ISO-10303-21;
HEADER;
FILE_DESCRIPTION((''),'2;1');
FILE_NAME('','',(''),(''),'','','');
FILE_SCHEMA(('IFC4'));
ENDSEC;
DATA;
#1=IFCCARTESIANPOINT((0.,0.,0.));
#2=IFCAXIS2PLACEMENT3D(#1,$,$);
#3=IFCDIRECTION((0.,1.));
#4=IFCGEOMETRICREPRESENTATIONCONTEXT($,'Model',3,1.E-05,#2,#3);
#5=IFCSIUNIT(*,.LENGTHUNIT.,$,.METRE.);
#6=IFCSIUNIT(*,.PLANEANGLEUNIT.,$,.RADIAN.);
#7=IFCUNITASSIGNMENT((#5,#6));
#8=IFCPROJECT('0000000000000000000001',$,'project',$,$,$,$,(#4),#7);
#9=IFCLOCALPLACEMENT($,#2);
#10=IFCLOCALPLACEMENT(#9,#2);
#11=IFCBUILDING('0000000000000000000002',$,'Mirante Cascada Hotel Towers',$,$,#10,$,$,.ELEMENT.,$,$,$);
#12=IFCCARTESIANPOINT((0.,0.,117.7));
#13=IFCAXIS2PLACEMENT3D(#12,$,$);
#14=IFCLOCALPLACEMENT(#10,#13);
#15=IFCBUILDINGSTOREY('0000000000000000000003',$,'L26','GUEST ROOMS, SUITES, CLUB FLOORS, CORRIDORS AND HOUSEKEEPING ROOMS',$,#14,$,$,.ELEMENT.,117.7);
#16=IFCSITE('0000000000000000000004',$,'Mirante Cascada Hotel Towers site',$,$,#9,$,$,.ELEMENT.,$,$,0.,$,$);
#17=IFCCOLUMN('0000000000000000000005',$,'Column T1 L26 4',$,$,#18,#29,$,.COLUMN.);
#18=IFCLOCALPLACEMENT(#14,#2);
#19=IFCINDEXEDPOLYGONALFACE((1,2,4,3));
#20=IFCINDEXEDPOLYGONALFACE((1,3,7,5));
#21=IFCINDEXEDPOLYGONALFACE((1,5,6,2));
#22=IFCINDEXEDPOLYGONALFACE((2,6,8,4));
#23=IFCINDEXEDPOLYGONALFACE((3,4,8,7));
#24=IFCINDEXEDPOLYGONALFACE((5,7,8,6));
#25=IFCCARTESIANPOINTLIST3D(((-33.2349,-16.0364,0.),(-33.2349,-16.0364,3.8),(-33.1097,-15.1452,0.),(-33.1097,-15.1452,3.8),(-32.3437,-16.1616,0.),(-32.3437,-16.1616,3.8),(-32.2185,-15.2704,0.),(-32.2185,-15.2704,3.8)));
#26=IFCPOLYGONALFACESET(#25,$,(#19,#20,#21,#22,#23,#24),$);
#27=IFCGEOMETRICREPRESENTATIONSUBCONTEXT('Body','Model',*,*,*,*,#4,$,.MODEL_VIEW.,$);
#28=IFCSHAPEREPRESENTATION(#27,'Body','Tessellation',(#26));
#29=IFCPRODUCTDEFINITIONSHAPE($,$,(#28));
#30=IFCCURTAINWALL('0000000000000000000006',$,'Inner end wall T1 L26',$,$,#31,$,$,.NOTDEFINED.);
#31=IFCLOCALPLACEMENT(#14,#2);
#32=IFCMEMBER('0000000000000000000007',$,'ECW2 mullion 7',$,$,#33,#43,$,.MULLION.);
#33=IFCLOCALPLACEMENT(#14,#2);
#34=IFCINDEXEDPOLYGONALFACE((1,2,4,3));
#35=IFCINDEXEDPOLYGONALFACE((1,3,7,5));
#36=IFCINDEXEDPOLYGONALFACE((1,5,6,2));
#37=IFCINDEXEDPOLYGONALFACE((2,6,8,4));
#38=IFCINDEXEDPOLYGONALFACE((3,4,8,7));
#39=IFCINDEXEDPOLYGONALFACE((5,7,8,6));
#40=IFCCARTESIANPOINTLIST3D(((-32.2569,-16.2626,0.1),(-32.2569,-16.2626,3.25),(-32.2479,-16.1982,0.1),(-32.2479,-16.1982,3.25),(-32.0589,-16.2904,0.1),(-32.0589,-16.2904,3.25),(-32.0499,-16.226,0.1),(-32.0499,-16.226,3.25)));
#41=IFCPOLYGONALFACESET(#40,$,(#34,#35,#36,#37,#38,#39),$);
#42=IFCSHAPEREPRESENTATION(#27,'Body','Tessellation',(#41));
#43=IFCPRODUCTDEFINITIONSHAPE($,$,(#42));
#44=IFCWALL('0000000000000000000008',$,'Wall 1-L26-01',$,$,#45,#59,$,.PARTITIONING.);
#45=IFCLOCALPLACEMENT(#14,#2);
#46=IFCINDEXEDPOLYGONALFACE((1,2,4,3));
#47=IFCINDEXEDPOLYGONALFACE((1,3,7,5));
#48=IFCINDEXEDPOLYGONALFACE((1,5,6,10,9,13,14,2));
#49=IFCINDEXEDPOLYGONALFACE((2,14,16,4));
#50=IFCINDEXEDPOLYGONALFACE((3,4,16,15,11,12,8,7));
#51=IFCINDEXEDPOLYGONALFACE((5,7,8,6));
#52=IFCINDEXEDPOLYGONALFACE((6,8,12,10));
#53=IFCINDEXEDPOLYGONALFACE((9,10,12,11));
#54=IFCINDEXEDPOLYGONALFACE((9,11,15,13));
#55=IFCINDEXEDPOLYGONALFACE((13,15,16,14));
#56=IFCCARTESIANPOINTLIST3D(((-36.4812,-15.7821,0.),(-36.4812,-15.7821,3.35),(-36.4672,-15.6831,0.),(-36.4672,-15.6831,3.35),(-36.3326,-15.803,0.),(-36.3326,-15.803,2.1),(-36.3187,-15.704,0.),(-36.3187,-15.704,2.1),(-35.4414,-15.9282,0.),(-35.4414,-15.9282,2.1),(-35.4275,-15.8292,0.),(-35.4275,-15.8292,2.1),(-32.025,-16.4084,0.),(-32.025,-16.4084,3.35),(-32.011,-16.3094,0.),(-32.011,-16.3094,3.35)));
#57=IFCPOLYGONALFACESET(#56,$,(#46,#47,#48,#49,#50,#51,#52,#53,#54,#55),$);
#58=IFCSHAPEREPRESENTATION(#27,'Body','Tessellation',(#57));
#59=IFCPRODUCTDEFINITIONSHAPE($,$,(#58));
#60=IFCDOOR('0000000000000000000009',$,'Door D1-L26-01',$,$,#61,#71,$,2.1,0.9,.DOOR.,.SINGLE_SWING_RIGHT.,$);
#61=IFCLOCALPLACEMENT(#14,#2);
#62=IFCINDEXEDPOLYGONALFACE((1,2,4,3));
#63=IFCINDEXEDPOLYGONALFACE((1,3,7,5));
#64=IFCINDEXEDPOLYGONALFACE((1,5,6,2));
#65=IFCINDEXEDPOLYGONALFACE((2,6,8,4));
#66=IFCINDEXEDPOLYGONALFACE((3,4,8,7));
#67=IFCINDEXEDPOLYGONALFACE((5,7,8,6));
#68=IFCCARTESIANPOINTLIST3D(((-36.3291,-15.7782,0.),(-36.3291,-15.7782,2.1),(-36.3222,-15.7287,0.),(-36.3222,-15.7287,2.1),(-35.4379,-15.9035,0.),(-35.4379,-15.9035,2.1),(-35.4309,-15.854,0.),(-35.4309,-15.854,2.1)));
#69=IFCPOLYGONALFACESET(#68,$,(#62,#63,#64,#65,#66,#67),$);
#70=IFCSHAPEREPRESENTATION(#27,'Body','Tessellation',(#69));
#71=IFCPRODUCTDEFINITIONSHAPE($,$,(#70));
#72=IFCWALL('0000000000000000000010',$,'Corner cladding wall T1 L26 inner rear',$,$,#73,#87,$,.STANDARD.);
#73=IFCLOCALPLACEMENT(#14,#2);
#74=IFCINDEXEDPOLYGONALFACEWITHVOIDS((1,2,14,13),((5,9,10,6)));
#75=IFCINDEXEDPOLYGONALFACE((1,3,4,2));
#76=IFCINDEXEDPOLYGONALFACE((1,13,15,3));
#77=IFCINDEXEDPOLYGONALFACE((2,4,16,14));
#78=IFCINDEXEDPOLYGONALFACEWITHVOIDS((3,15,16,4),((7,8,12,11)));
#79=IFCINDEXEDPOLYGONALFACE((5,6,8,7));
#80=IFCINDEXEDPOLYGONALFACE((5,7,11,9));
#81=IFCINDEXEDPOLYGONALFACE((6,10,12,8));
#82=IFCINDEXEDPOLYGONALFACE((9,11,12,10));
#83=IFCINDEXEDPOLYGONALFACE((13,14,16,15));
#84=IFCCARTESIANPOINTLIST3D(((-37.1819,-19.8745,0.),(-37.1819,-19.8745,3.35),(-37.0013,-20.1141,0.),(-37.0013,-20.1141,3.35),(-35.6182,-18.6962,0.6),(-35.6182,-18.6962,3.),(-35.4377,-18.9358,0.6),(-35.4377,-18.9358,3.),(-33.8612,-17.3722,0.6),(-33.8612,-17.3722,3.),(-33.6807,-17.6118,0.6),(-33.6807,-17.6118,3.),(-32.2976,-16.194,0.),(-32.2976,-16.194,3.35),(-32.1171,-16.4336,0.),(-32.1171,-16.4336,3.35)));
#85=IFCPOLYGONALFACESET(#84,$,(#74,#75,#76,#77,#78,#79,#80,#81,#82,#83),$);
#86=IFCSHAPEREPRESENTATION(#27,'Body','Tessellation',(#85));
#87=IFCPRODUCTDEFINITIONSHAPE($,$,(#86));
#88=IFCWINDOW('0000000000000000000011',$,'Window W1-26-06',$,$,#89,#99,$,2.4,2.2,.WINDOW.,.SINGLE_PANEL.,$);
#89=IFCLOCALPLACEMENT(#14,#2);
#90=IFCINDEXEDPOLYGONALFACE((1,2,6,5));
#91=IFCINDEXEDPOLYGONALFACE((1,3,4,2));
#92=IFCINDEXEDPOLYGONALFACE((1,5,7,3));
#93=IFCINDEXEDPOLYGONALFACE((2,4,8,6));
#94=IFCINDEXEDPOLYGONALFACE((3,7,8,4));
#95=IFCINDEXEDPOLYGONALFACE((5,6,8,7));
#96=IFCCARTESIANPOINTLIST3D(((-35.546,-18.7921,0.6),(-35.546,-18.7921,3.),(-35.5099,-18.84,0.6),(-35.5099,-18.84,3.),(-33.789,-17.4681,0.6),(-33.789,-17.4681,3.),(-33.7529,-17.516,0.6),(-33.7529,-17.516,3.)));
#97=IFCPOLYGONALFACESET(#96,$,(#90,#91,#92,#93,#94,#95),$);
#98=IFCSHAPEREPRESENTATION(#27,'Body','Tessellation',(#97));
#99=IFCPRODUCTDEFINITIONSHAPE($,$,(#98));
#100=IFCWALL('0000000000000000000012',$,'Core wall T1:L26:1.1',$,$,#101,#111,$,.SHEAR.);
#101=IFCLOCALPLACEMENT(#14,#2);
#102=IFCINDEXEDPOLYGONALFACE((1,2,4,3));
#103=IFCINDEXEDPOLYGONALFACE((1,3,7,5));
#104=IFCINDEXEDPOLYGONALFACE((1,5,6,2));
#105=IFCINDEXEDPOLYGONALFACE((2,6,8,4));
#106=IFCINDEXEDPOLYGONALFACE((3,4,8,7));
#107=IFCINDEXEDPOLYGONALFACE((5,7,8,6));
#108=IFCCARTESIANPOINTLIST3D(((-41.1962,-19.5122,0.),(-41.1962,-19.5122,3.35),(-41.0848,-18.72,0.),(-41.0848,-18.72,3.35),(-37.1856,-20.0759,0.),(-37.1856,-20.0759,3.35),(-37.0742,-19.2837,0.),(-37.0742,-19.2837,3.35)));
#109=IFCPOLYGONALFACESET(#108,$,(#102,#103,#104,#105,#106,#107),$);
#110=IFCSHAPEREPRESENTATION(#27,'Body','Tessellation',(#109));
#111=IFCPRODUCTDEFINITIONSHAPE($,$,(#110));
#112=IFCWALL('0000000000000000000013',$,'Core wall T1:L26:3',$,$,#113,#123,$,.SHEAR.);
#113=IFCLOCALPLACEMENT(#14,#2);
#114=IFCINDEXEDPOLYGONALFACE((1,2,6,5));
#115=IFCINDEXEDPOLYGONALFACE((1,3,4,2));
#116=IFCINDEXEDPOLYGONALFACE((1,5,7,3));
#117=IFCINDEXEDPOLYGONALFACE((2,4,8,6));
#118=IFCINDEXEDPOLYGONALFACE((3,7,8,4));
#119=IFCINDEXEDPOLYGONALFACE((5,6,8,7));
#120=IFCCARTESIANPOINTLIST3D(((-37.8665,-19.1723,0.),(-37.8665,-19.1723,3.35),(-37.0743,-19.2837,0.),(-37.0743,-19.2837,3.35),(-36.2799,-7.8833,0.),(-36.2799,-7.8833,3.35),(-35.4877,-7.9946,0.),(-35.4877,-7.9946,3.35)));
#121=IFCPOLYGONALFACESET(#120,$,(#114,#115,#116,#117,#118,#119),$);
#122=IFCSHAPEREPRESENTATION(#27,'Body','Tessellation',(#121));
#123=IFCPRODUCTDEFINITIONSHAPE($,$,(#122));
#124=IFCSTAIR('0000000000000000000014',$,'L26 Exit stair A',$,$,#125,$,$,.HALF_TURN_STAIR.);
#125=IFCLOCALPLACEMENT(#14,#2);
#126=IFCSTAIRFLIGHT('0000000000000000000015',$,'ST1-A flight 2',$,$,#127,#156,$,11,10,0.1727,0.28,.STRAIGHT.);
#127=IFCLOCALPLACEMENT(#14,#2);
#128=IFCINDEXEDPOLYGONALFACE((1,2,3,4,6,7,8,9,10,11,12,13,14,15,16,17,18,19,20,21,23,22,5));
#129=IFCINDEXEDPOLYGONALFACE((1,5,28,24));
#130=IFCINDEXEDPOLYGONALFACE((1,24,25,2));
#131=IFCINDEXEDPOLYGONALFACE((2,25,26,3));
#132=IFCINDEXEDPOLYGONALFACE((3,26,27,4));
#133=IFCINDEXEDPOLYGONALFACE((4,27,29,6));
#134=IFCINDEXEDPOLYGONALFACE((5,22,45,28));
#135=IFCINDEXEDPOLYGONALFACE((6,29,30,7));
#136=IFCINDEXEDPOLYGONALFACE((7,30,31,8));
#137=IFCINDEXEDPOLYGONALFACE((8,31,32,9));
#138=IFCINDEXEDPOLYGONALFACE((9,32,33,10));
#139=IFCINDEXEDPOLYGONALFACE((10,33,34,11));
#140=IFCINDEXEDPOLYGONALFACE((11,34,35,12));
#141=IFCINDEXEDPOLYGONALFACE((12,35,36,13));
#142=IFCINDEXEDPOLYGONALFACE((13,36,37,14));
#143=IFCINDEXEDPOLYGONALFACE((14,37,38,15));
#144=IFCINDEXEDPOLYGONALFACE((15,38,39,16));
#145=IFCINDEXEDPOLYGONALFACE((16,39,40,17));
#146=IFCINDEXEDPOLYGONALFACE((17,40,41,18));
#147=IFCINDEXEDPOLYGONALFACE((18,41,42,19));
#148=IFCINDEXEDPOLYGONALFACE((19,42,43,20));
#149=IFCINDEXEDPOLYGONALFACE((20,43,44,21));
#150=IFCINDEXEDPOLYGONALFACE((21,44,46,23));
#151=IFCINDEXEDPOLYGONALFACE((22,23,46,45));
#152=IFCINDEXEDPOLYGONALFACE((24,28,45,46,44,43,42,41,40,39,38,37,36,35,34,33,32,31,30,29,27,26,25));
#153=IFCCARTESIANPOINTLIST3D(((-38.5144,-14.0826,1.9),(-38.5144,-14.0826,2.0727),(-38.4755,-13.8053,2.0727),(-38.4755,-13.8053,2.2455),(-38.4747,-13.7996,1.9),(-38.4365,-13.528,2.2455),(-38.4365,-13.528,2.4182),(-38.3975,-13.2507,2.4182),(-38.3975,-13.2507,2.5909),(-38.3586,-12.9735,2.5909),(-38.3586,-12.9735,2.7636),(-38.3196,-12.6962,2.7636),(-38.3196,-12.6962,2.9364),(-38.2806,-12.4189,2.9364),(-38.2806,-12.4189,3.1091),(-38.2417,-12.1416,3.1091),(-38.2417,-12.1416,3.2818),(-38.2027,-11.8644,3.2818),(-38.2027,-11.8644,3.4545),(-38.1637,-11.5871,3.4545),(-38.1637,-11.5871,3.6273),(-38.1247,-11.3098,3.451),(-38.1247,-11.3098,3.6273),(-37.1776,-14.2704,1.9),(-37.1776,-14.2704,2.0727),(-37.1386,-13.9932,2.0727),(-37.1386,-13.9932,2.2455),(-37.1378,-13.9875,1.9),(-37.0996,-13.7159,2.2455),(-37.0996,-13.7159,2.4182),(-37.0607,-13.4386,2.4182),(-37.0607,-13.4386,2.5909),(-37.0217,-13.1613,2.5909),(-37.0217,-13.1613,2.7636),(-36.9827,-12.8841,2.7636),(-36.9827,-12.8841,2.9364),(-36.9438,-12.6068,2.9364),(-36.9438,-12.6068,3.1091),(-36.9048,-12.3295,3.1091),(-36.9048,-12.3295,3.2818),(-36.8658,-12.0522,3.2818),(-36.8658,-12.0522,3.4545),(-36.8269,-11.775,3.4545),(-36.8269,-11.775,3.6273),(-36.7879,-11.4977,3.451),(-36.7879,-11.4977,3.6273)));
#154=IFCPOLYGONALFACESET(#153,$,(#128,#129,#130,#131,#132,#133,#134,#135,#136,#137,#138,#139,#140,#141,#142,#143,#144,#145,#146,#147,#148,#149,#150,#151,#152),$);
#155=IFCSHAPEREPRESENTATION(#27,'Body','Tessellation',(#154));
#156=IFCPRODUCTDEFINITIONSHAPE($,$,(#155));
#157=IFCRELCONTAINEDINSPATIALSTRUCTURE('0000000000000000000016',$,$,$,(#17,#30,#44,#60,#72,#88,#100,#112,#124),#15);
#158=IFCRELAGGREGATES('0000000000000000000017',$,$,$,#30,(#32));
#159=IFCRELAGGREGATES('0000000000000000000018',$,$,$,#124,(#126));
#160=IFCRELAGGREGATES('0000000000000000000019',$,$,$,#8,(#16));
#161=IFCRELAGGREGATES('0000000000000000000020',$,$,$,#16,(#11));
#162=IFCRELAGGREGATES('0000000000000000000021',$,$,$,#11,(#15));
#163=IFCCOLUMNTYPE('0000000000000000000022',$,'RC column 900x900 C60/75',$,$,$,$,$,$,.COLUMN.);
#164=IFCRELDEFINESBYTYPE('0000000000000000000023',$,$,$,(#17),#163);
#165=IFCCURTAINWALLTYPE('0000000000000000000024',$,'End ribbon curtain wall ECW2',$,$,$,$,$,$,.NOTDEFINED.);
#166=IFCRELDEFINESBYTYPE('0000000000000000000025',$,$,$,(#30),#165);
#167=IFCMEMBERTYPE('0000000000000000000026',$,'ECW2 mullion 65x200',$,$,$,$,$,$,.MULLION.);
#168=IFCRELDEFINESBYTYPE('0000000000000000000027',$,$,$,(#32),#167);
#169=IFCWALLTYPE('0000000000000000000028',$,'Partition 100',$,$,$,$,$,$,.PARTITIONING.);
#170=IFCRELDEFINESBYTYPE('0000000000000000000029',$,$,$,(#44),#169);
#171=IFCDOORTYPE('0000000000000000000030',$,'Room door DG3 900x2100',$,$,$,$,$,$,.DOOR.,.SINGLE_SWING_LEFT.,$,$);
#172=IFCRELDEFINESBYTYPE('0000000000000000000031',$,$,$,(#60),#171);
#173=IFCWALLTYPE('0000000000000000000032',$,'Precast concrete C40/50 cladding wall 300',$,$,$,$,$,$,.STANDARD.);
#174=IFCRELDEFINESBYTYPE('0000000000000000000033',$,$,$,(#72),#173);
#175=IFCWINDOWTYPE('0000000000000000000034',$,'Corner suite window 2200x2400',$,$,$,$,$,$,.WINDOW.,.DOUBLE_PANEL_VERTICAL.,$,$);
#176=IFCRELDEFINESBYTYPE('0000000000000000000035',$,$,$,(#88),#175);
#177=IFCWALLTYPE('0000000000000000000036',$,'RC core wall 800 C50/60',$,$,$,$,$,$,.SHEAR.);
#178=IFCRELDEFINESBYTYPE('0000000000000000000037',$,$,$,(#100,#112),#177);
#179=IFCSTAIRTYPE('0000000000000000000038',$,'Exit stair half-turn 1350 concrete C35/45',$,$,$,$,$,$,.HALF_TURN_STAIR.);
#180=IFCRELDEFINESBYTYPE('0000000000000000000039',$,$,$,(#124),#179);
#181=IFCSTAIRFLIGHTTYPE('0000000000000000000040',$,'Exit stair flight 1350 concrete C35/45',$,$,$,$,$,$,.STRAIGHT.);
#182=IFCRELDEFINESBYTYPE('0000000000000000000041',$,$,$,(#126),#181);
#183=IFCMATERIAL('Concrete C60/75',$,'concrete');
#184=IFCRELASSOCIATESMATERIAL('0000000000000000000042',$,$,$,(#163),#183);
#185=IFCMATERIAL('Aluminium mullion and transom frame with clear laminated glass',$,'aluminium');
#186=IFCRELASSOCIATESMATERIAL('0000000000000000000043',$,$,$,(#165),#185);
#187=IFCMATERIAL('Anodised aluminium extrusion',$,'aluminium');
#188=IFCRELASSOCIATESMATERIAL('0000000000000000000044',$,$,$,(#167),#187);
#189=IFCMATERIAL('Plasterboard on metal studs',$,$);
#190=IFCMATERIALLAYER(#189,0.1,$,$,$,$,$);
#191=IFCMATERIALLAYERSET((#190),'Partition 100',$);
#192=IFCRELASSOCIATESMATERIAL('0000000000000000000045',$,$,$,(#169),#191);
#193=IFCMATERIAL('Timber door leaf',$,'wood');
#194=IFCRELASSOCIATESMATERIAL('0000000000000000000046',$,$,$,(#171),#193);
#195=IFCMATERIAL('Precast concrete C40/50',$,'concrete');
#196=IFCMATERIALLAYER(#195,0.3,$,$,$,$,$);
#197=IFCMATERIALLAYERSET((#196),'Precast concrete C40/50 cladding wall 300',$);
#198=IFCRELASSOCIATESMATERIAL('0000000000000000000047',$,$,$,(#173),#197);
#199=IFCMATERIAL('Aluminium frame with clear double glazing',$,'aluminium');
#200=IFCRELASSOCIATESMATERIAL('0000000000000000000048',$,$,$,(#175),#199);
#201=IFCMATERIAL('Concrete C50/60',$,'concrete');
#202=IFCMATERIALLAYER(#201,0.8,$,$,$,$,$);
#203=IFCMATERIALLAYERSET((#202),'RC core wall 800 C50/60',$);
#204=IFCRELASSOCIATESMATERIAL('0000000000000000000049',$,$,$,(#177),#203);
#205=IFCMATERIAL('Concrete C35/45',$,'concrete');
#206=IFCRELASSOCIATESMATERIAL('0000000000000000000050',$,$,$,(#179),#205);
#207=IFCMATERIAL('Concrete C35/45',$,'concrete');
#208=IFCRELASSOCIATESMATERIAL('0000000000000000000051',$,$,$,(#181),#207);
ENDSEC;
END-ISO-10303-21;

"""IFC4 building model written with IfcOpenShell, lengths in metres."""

from ifc_helpers import new_model, si_unit, direction, frame, frame_2d, origin, origin_2d, place, context, subcontext, project, spatial, polyline, rectangle, outline, extrude, material, layer, layer_set, material_profile, profile_set, type_object, element, fill, aggregate, save


model = new_model("IFC4")

# Units and contexts
model_context = context("Model", 3, precision=1e-05, world=origin(), true_north=direction((0.0, 1.0)))
body_context = subcontext(model_context, "Body", "Model", "MODEL_VIEW")
ifc_project = project(units=[si_unit("LENGTHUNIT", "METRE"), si_unit("PLANEANGLEUNIT", "RADIAN")], contexts=[model_context])

# Site, building, storey
site_placement = place(None, origin())
site = spatial("IfcSite", under=ifc_project, at=site_placement, Name="Mirante Cascada Hotel Towers site", CompositionType="ELEMENT", RefElevation=0.0)
building_placement = place(site_placement, origin())
building = spatial("IfcBuilding", under=site, at=building_placement, Name="Mirante Cascada Hotel Towers", CompositionType="ELEMENT")
storey_placement = place(building_placement, frame((0.0, 0.0, 117.7)))
storey = spatial("IfcBuildingStorey", under=building, at=storey_placement, Name="L26", Description="GUEST ROOMS, SUITES, CLUB FLOORS, CORRIDORS AND HOUSEKEEPING ROOMS", CompositionType="ELEMENT", Elevation=117.7)

# Column
ifc_material_1 = material(Name="Concrete C60/75", Category="concrete")
ifc_material_profile_1 = material_profile(ifc_material_1, rectangle(XDim=0.9, YDim=0.9, at=origin_2d()), Name="RC column 900x900 C60/75")
ifc_profile_set_1 = profile_set([ifc_material_profile_1], Name="Concrete C60/75")
column_type = type_object("IfcColumnType", Name="RC column 900x900 C60/75", PredefinedType="COLUMN", material=ifc_profile_set_1)
column_placement = place(storey_placement, frame((-32.7267, -15.6534, 0.0), z_axis=(0.0, 0.0, 1.0), x_axis=(-0.990268, 0.139173, 0.0)))
element("IfcColumn", 1, at=column_placement, inside=storey, type_object=column_type, Name="Column T1 L26 4", PredefinedType="COLUMN", context=body_context, shape_type="SweptSolid", body=[
    extrude(rectangle(XDim=0.9, YDim=0.9, at=origin_2d()), origin(), (0.0, 0.0, 1.0), 3.8),
])

# Curtain wall, member
ifc_material_2 = material(Name="Aluminium mullion and transom frame with clear laminated glass", Category="aluminium")
curtain_wall_type = type_object("IfcCurtainWallType", Name="End ribbon curtain wall ECW2", PredefinedType="NOTDEFINED", material=ifc_material_2)
curtain_wall_placement = place(storey_placement, origin())
curtain_wall = element("IfcCurtainWall", 2, at=curtain_wall_placement, inside=storey, type_object=curtain_wall_type, Name="Inner end wall T1 L26", PredefinedType="NOTDEFINED")
ifc_material_3 = material(Name="Anodised aluminium extrusion", Category="aluminium")
ifc_material_profile_2 = material_profile(ifc_material_3, rectangle(XDim=0.2, YDim=0.065, at=origin_2d()), Name="ECW2 MULLION 65x200")
ifc_profile_set_2 = profile_set([ifc_material_profile_2], Name="Anodised aluminium extrusion")
member_type = type_object("IfcMemberType", Name="ECW2 mullion 65x200", PredefinedType="MULLION", material=ifc_profile_set_2)
member_placement = place(storey_placement, frame((-32.1534, -16.2443, 0.1), z_axis=(0.0, 0.0, 1.0), x_axis=(0.990268, -0.139173, 0.0)))
member = element("IfcMember", 3, at=member_placement, type_object=member_type, Name="ECW2 mullion 7", PredefinedType="MULLION", context=body_context, shape_type="SweptSolid", body=[
    extrude(rectangle(XDim=0.2, YDim=0.065, at=origin_2d()), origin(), (0.0, 0.0, 1.0), 3.15),
])
aggregate(curtain_wall, [member])

# Wall, opening, door
ifc_material_4 = material(Name="Plasterboard on metal studs")
ifc_layer_1 = layer(ifc_material_4, 0.1)
ifc_layer_set_1 = layer_set([ifc_layer_1], Name="Partition 100")
wall_type_1 = type_object("IfcWallType", Name="Partition 100", PredefinedType="PARTITIONING", material=ifc_layer_set_1)
wall_1_placement = place(storey_placement, frame((-32.018, -16.3589, 0.0), z_axis=(0.0, 0.0, 1.0), x_axis=(-0.990267, 0.139178, 0.0)))
wall_1 = element("IfcWall", 4, at=wall_1_placement, inside=storey, type_object=wall_type_1, Name="Wall 1-L26-01", PredefinedType="PARTITIONING", context=body_context, shape_type="SweptSolid", body=[
    extrude(rectangle(XDim=4.5, YDim=0.1, at=frame_2d((2.25, 0.0))), origin(), (0.0, 0.0, 1.0), 3.35),
])
opening_1_placement = place(wall_1_placement, frame((3.45, 0.0, 0.0)))
opening_1 = element("IfcOpeningElement", 5, at=opening_1_placement, cuts=wall_1, PredefinedType="OPENING", context=body_context, shape_type="SweptSolid", body=[
    extrude(rectangle(XDim=0.9, YDim=2.1, at=frame_2d((0.45, 1.05))), frame((0.0, 0.05, 0.0), z_axis=(0.0, -1.0, 0.0), x_axis=(1.0, 0.0, 0.0)), (0.0, 0.0, 1.0), 0.1),
])
ifc_material_5 = material(Name="Timber door leaf", Category="wood")
door_type = type_object("IfcDoorType", Name="Room door DG3 900x2100", OperationType="SINGLE_SWING_LEFT", PredefinedType="DOOR", material=ifc_material_5)
door_placement = place(opening_1_placement, frame((0.9, 0.0, 0.0), z_axis=(0.0, 0.0, 1.0), x_axis=(-1.0, 0.0, 0.0)))
door = element("IfcDoor", 6, at=door_placement, inside=storey, type_object=door_type, Name="Door D1-L26-01", OperationType="SINGLE_SWING_RIGHT", OverallHeight=2.1, OverallWidth=0.9, PredefinedType="DOOR", context=body_context, shape_type="SweptSolid", body=[
    extrude(rectangle(XDim=0.9, YDim=2.1, at=frame_2d((0.45, 1.05))), frame((0.0, 0.025, 0.0), z_axis=(0.0, -1.0, 0.0), x_axis=(1.0, 0.0, 0.0)), (0.0, 0.0, 1.0), 0.05),
])
fill(opening_1, door)

# Wall, opening, window
ifc_material_6 = material(Name="Precast concrete C40/50", Category="concrete")
ifc_layer_2 = layer(ifc_material_6, 0.3)
ifc_layer_set_2 = layer_set([ifc_layer_2], Name="Precast concrete C40/50 cladding wall 300")
wall_type_2 = type_object("IfcWallType", Name="Precast concrete C40/50 cladding wall 300", PredefinedType="STANDARD", material=ifc_layer_set_2)
wall_2_placement = place(storey_placement, frame((-32.2074, -16.3138, 0.0), z_axis=(0.0, 0.0, 1.0), x_axis=(-0.798636, -0.601814, 0.0)))
wall_2 = element("IfcWall", 7, at=wall_2_placement, inside=storey, type_object=wall_type_2, Name="Corner cladding wall T1 L26 inner rear", PredefinedType="STANDARD", context=body_context, shape_type="SweptSolid", body=[
    extrude(rectangle(XDim=6.1157, YDim=0.3, at=frame_2d((3.0578, 0.0))), origin(), (0.0, 0.0, 1.0), 3.35),
])
opening_2_placement = place(wall_2_placement, frame((1.9578, 0.0, 0.6)))
opening_2 = element("IfcOpeningElement", 8, at=opening_2_placement, cuts=wall_2, PredefinedType="OPENING", context=body_context, shape_type="SweptSolid", body=[
    extrude(rectangle(XDim=2.2, YDim=2.4, at=frame_2d((1.1, 1.2))), frame((0.0, 0.15, 0.0), z_axis=(0.0, -1.0, 0.0), x_axis=(1.0, 0.0, 0.0)), (0.0, 0.0, 1.0), 0.3),
])
ifc_material_7 = material(Name="Aluminium frame with clear double glazing", Category="aluminium")
window_type = type_object("IfcWindowType", Name="Corner suite window 2200x2400", PartitioningType="DOUBLE_PANEL_VERTICAL", PredefinedType="WINDOW", material=ifc_material_7)
window_placement = place(opening_2_placement, origin())
window = element("IfcWindow", 9, at=window_placement, inside=storey, type_object=window_type, Name="Window W1-26-06", OverallHeight=2.4, OverallWidth=2.2, PartitioningType="SINGLE_PANEL", PredefinedType="WINDOW", context=body_context, shape_type="SweptSolid", body=[
    extrude(rectangle(XDim=2.2, YDim=2.4, at=frame_2d((1.1, 1.2))), frame((0.0, 0.03, 0.0), z_axis=(0.0, -1.0, 0.0), x_axis=(1.0, 0.0, 0.0)), (0.0, 0.0, 1.0), 0.06),
])
fill(opening_2, window)

# Walls
ifc_material_8 = material(Name="Concrete C50/60", Category="concrete")
ifc_layer_3 = layer(ifc_material_8, 0.8)
ifc_layer_set_3 = layer_set([ifc_layer_3], Name="RC core wall 800 C50/60")
wall_type_3 = type_object("IfcWallType", Name="RC core wall 800 C50/60", PredefinedType="SHEAR", material=ifc_layer_set_3)
wall_3_placement = place(storey_placement, frame((-37.1299, -19.6798, 0.0), z_axis=(0.0, 0.0, 1.0), x_axis=(-0.990267, 0.139184, 0.0)))
element("IfcWall", 10, at=wall_3_placement, inside=storey, type_object=wall_type_3, Name="Core wall T1:L26:1.1", PredefinedType="SHEAR", context=body_context, shape_type="SweptSolid", body=[
    extrude(rectangle(XDim=4.05, YDim=0.8, at=frame_2d((2.025, 0.0))), origin(), (0.0, 0.0, 1.0), 3.35),
])
wall_4_placement = place(storey_placement, frame((-37.4704, -19.228, 0.0), z_axis=(0.0, 0.0, 1.0), x_axis=(0.139175, 0.990268, 0.0)))
element("IfcWall", 11, at=wall_4_placement, inside=storey, type_object=wall_type_3, Name="Core wall T1:L26:3", PredefinedType="SHEAR", context=body_context, shape_type="SweptSolid", body=[
    extrude(rectangle(XDim=11.4, YDim=0.8, at=frame_2d((5.7, 0.0))), origin(), (0.0, 0.0, 1.0), 3.35),
])

# Stair, stair flight
ifc_material_9 = material(Name="Concrete C35/45", Category="concrete")
stair_type = type_object("IfcStairType", Name="Exit stair half-turn 1350 concrete C35/45", PredefinedType="HALF_TURN_STAIR", material=ifc_material_9)
stair_placement = place(storey_placement, origin())
stair = element("IfcStair", 12, at=stair_placement, inside=storey, type_object=stair_type, Name="L26 Exit stair A", PredefinedType="HALF_TURN_STAIR")
ifc_material_10 = material(Name="Concrete C35/45", Category="concrete")
stair_flight_type = type_object("IfcStairFlightType", Name="Exit stair flight 1350 concrete C35/45", PredefinedType="STRAIGHT", material=ifc_material_10)
stair_flight_placement = place(storey_placement, frame((-37.846, -14.1765, 1.9), z_axis=(0.0, 0.0, 1.0), x_axis=(0.139173, 0.990268, 0.0)))
stair_flight = element("IfcStairFlight", 13, at=stair_flight_placement, type_object=stair_flight_type, Name="ST1-A flight 2", NumberOfRisers=11, NumberOfTreads=10, PredefinedType="STRAIGHT", RiserHeight=0.1727, TreadLength=0.28, context=body_context, shape_type="SweptSolid", body=[
    extrude(outline(polyline([(0.0, 0.0), (0.0, 0.1727), (0.28, 0.1727), (0.28, 0.3455), (0.56, 0.3455), (0.56, 0.5182), (0.84, 0.5182), (0.84, 0.6909), (1.12, 0.6909), (1.12, 0.8636), (1.4, 0.8636), (1.4, 1.0364), (1.68, 1.0364), (1.68, 1.2091), (1.96, 1.2091), (1.96, 1.3818), (2.24, 1.3818), (2.24, 1.5545), (2.52, 1.5545), (2.52, 1.7273), (2.8, 1.7273), (2.8, 1.9), (2.8, 1.551), (0.2857, 0.0), (0.0, 0.0)])), frame((0.0, 0.675, 0.0), z_axis=(0.0, -1.0, 0.0), x_axis=(1.0, 0.0, 0.0)), (0.0, 0.0, 1.0), 1.35),
])
aggregate(stair, [stair_flight])

save(model, "model.ifc")
